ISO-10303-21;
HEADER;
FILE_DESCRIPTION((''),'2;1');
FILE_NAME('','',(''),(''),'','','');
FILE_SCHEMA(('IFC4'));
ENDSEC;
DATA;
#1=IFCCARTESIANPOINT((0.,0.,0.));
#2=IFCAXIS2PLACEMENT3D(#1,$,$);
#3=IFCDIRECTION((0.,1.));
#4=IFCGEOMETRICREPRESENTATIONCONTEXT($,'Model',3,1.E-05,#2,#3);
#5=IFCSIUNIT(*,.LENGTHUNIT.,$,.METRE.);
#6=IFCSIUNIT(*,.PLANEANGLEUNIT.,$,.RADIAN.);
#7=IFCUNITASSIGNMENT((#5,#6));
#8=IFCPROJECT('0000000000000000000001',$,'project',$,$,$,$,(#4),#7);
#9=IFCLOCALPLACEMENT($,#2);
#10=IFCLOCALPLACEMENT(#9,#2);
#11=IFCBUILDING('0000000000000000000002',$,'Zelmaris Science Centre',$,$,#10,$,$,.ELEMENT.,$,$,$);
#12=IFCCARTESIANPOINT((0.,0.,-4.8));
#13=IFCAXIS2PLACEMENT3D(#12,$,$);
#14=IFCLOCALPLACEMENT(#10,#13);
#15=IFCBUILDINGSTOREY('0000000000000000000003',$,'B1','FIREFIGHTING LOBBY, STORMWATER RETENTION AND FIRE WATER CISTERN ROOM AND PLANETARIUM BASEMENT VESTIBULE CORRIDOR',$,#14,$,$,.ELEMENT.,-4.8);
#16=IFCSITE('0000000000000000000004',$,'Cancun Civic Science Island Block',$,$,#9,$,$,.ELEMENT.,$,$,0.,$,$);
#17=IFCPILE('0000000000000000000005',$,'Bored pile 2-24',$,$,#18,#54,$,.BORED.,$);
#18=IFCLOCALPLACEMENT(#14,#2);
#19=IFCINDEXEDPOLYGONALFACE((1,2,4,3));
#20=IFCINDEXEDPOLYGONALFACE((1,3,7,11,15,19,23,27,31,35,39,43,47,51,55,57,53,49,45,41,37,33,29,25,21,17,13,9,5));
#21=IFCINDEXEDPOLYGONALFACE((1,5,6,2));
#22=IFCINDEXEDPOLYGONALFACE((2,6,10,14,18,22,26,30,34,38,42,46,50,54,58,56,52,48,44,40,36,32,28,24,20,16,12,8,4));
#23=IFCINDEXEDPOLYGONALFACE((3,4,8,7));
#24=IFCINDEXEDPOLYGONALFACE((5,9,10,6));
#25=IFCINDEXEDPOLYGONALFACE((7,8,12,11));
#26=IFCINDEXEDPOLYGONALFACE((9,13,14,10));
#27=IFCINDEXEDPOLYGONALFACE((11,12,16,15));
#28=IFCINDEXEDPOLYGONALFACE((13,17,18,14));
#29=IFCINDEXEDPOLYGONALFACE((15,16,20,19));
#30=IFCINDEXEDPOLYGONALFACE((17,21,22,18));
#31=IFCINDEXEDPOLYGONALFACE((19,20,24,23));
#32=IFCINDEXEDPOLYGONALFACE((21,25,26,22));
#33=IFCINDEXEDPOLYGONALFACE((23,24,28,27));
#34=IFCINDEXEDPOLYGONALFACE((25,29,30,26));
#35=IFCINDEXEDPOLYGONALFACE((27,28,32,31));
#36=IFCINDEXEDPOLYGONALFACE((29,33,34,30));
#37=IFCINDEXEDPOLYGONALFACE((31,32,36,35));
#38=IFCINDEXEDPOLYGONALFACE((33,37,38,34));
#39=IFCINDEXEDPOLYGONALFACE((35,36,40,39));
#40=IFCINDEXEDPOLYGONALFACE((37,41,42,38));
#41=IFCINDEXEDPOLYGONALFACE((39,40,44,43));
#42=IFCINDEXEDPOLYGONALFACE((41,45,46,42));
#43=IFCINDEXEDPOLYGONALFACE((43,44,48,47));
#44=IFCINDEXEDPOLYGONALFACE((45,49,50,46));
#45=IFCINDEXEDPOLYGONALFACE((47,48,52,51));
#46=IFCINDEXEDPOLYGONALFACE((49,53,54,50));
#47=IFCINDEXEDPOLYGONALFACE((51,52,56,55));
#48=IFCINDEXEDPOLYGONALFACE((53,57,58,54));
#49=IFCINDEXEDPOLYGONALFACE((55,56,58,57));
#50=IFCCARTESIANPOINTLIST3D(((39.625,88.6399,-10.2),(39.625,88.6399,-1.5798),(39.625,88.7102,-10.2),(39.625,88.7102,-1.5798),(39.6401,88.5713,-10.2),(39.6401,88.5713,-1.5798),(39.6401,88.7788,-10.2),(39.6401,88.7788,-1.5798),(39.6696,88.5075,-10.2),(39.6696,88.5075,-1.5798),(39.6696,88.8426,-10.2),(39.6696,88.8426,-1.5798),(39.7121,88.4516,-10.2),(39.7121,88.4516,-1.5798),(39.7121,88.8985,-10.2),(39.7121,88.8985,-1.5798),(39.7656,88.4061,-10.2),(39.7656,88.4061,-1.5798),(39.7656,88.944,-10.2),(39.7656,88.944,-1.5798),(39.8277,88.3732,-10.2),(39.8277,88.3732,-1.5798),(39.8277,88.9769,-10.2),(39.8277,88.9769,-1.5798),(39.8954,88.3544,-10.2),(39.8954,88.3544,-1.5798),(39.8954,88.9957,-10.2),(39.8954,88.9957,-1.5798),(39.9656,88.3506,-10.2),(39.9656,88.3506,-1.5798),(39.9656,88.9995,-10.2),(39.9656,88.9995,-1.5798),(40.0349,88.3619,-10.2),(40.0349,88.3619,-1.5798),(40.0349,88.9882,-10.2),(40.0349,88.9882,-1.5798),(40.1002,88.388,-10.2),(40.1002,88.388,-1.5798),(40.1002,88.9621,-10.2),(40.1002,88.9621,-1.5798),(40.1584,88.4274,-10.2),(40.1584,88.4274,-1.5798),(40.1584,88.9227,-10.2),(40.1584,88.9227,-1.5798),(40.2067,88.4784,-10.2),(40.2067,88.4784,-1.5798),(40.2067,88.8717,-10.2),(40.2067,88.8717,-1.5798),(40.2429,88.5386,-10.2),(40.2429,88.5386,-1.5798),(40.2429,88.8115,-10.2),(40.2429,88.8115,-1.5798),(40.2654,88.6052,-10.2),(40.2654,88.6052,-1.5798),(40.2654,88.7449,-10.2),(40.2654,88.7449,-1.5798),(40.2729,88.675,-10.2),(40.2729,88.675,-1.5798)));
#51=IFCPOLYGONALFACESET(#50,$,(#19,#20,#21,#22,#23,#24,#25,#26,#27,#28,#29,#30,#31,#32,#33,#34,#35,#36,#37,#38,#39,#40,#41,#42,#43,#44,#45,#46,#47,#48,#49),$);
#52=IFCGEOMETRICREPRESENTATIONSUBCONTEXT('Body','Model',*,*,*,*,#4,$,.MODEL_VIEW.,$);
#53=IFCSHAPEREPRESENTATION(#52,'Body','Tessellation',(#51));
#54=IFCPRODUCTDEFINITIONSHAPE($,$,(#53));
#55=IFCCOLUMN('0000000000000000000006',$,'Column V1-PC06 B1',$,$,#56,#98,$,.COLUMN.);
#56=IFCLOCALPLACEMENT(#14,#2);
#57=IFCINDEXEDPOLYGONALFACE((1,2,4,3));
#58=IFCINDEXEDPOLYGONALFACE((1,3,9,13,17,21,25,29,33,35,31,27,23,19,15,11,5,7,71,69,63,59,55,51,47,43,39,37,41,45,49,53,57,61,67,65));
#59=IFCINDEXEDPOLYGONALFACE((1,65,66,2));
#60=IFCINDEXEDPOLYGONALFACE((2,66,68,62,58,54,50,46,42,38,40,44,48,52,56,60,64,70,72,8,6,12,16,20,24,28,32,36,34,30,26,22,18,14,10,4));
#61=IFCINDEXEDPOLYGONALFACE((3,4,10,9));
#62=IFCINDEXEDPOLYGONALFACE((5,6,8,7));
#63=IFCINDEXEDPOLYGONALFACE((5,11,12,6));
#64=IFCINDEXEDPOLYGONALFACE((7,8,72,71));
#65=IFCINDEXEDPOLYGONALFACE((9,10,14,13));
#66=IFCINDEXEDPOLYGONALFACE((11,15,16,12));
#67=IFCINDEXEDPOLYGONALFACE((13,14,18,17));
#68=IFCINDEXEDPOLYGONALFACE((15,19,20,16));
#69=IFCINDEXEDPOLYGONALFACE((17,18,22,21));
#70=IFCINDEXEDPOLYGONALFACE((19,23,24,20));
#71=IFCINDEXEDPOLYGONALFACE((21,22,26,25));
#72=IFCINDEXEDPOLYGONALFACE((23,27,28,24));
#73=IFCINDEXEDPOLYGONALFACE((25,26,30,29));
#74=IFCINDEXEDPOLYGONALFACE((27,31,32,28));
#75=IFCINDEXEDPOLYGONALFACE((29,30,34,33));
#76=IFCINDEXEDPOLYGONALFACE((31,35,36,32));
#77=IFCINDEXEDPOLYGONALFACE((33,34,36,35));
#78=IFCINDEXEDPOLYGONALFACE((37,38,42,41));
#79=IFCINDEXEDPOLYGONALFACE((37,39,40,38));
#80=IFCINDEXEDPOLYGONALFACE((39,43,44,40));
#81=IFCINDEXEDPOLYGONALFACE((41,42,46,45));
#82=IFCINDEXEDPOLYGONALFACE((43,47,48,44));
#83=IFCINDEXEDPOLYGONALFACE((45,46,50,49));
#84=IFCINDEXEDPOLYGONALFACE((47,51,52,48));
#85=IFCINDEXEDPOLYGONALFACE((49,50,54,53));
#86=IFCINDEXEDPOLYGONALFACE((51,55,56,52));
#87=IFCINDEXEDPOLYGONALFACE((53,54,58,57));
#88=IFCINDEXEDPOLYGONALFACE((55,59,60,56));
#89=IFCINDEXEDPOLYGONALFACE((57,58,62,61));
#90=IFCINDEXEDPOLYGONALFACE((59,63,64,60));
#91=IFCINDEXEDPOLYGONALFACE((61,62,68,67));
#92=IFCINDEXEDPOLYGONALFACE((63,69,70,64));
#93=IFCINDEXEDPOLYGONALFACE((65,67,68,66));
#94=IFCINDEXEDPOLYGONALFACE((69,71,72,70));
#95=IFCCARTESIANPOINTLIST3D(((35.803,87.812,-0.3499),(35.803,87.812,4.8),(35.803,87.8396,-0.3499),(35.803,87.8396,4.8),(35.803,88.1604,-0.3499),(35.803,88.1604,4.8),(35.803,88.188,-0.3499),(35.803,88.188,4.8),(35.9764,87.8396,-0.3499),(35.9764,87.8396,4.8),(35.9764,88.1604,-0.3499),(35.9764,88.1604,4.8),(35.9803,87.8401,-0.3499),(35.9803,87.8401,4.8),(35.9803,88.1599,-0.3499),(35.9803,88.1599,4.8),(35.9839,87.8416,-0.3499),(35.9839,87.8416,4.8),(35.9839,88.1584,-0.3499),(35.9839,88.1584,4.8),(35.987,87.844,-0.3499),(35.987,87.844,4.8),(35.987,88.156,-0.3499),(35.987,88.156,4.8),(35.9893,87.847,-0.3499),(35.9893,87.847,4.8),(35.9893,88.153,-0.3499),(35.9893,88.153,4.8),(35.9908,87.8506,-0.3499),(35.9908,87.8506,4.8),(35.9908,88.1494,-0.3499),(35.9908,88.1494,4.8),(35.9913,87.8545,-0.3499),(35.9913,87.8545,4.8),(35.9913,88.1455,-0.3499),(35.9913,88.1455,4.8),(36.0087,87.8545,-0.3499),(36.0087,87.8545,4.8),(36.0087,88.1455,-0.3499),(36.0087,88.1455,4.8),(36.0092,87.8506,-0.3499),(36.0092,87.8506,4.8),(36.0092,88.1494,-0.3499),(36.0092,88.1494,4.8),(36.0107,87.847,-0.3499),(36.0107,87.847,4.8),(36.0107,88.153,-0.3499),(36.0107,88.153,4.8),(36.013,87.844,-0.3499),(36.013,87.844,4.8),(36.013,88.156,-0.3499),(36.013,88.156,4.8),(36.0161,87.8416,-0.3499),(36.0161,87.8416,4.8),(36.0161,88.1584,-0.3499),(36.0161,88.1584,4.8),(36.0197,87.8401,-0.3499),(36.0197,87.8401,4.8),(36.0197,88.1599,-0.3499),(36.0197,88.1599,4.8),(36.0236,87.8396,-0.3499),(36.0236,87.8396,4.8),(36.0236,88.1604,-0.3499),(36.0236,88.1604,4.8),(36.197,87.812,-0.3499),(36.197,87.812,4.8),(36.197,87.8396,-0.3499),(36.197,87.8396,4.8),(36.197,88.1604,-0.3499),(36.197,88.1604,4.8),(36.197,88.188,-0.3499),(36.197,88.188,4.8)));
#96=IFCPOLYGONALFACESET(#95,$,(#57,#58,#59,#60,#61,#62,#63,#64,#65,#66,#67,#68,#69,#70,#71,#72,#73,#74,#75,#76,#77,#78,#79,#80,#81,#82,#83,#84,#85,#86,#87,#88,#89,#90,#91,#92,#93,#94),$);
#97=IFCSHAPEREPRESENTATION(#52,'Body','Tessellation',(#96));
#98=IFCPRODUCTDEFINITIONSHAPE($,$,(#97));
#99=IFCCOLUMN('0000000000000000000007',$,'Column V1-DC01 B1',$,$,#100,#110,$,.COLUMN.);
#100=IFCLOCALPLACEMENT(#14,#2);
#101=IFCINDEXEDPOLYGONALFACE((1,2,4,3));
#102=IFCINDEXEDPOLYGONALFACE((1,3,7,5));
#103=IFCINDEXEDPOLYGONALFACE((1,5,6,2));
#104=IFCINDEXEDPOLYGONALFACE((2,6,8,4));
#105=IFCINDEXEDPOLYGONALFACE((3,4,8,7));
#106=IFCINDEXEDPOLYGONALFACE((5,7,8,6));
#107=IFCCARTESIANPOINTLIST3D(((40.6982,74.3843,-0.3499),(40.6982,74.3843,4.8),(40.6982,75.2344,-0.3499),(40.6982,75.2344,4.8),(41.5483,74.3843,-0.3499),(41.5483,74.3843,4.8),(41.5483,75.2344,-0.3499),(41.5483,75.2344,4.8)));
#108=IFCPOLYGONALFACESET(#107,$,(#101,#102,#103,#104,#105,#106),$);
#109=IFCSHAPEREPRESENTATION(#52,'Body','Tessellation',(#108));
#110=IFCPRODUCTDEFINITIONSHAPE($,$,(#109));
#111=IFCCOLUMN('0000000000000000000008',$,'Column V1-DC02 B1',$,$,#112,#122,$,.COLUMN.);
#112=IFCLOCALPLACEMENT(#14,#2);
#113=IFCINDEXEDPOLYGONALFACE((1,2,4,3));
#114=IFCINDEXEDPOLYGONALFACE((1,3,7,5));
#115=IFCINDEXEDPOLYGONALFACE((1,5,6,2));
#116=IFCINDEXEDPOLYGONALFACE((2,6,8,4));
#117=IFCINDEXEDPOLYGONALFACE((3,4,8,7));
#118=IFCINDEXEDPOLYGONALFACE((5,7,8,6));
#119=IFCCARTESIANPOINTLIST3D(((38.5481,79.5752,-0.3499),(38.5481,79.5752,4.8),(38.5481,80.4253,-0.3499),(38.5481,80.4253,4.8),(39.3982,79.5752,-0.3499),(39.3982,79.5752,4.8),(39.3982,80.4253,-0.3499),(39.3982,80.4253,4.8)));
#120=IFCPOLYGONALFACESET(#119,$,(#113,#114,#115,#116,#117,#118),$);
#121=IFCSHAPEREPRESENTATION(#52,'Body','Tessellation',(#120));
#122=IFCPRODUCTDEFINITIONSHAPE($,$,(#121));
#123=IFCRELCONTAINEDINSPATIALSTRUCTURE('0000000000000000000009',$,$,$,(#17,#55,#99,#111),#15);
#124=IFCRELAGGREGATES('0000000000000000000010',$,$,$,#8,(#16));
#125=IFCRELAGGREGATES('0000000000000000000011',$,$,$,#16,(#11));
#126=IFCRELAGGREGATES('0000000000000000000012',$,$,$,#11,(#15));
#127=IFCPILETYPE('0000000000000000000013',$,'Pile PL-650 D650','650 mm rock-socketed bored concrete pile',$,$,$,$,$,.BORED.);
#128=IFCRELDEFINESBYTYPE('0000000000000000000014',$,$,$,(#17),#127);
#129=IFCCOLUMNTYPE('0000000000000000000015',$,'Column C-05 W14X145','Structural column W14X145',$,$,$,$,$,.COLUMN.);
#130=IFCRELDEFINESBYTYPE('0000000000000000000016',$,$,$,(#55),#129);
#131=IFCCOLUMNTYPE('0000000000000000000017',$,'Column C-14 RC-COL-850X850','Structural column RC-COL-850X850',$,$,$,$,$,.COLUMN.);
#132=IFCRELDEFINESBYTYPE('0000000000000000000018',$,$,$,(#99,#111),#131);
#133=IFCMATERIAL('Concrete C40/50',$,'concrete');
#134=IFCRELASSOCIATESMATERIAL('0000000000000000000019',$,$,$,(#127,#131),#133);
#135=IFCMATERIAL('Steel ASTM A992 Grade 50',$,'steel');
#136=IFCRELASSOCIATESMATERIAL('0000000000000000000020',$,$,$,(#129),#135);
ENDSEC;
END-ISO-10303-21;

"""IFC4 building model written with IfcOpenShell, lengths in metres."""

from ifc_helpers import new_model, si_unit, direction, frame, origin, origin_2d, place, context, subcontext, project, spatial, rectangle, circle, i_section, extrude, material, material_profile, profile_set, type_object, element, save


model = new_model("IFC4")

# Units and contexts
model_context = context("Model", 3, precision=1e-05, world=origin(), true_north=direction((0.0, 1.0)))
body_context = subcontext(model_context, "Body", "Model", "MODEL_VIEW")
ifc_project = project(units=[si_unit("LENGTHUNIT", "METRE"), si_unit("PLANEANGLEUNIT", "RADIAN")], contexts=[model_context])

# Site, building, storey
site_placement = place(None, origin())
site = spatial("IfcSite", under=ifc_project, at=site_placement, Name="Cancun Civic Science Island Block", CompositionType="ELEMENT", RefElevation=0.0)
building_placement = place(site_placement, origin())
building = spatial("IfcBuilding", under=site, at=building_placement, Name="Zelmaris Science Centre", CompositionType="ELEMENT")
storey_placement = place(building_placement, frame((0.0, 0.0, -4.8)))
storey = spatial("IfcBuildingStorey", under=building, at=storey_placement, Name="B1", Description="FIREFIGHTING LOBBY, STORMWATER RETENTION AND FIRE WATER CISTERN ROOM AND PLANETARIUM BASEMENT VESTIBULE CORRIDOR", CompositionType="ELEMENT", Elevation=-4.8)

# Shared definitions
ifc_material_1 = material(Name="Concrete C40/50", Category="concrete")

# Pile
ifc_material_profile_1 = material_profile(ifc_material_1, circle(Radius=0.325, at=origin_2d()), Name="PILE-650")
ifc_profile_set_1 = profile_set([ifc_material_profile_1], Name="Concrete C40/50")
pile_type_1 = type_object("IfcPileType", Name="Pile PL-650 D650", Description="650 mm rock-socketed bored concrete pile", PredefinedType="BORED", material=ifc_profile_set_1)
for number, where, z_axis, x_axis, name in (
    (1, (39.948, 88.675, -1.5798), (0.0, 0.0, -1.0), (1.0, 0.0, 0.0), "Bored pile 2-24"),
):
    element("IfcPile", number, at=place(storey_placement, frame(where, z_axis=z_axis, x_axis=x_axis)), inside=storey, type_object=pile_type_1, Name=name, PredefinedType="BORED", context=body_context, shape_type="SweptSolid", body=[
        extrude(circle(Radius=0.325, at=origin_2d()), origin(), (0.0, 0.0, 1.0), 8.6201),
    ])

# Columns
ifc_material_2 = material(Name="Steel ASTM A992 Grade 50", Category="steel")
ifc_material_profile_2 = material_profile(ifc_material_2, i_section(OverallWidth=0.394, OverallDepth=0.376, WebThickness=0.0173, FlangeThickness=0.0276, FilletRadius=0.0149, at=origin_2d()), Name="W14X145")
ifc_profile_set_2 = profile_set([ifc_material_profile_2], Name="Steel ASTM A992 Grade 50")
column_type_1 = type_object("IfcColumnType", Name="Column C-05 W14X145", Description="Structural column W14X145", PredefinedType="COLUMN", material=ifc_profile_set_2)
column_placement = place(storey_placement, frame((36.0, 88.0, -0.3499), z_axis=(0.0, 0.0, 1.0), x_axis=(1.0, 0.0, 0.0)))
element("IfcColumn", 2, at=column_placement, inside=storey, type_object=column_type_1, Name="Column V1-PC06 B1", PredefinedType="COLUMN", context=body_context, shape_type="SweptSolid", body=[
    extrude(i_section(OverallWidth=0.394, OverallDepth=0.376, WebThickness=0.0173, FlangeThickness=0.0276, FilletRadius=0.0149, at=origin_2d()), origin(), (0.0, 0.0, 1.0), 5.1499),
])
ifc_material_profile_3 = material_profile(ifc_material_1, rectangle(XDim=0.8501, YDim=0.8501, at=origin_2d()), Name="RC-COL-850X850")
ifc_profile_set_3 = profile_set([ifc_material_profile_3], Name="Concrete C40/50")
column_type_2 = type_object("IfcColumnType", Name="Column C-14 RC-COL-850X850", Description="Structural column RC-COL-850X850", PredefinedType="COLUMN", material=ifc_profile_set_3)
for number, where, z_axis, x_axis, name in (
    (3, (41.1233, 74.8093, -0.3499), (0.0, 0.0, 1.0), (1.0, 0.0, 0.0), "Column V1-DC01 B1"),
    (4, (38.9731, 80.0002, -0.3499), (0.0, 0.0, 1.0), (1.0, 0.0, 0.0), "Column V1-DC02 B1"),
):
    element("IfcColumn", number, at=place(storey_placement, frame(where, z_axis=z_axis, x_axis=x_axis)), inside=storey, type_object=column_type_2, Name=name, PredefinedType="COLUMN", context=body_context, shape_type="SweptSolid", body=[
        extrude(rectangle(XDim=0.8501, YDim=0.8501, at=origin_2d()), origin(), (0.0, 0.0, 1.0), 5.1499),
    ])

save(model, "model.ifc")
